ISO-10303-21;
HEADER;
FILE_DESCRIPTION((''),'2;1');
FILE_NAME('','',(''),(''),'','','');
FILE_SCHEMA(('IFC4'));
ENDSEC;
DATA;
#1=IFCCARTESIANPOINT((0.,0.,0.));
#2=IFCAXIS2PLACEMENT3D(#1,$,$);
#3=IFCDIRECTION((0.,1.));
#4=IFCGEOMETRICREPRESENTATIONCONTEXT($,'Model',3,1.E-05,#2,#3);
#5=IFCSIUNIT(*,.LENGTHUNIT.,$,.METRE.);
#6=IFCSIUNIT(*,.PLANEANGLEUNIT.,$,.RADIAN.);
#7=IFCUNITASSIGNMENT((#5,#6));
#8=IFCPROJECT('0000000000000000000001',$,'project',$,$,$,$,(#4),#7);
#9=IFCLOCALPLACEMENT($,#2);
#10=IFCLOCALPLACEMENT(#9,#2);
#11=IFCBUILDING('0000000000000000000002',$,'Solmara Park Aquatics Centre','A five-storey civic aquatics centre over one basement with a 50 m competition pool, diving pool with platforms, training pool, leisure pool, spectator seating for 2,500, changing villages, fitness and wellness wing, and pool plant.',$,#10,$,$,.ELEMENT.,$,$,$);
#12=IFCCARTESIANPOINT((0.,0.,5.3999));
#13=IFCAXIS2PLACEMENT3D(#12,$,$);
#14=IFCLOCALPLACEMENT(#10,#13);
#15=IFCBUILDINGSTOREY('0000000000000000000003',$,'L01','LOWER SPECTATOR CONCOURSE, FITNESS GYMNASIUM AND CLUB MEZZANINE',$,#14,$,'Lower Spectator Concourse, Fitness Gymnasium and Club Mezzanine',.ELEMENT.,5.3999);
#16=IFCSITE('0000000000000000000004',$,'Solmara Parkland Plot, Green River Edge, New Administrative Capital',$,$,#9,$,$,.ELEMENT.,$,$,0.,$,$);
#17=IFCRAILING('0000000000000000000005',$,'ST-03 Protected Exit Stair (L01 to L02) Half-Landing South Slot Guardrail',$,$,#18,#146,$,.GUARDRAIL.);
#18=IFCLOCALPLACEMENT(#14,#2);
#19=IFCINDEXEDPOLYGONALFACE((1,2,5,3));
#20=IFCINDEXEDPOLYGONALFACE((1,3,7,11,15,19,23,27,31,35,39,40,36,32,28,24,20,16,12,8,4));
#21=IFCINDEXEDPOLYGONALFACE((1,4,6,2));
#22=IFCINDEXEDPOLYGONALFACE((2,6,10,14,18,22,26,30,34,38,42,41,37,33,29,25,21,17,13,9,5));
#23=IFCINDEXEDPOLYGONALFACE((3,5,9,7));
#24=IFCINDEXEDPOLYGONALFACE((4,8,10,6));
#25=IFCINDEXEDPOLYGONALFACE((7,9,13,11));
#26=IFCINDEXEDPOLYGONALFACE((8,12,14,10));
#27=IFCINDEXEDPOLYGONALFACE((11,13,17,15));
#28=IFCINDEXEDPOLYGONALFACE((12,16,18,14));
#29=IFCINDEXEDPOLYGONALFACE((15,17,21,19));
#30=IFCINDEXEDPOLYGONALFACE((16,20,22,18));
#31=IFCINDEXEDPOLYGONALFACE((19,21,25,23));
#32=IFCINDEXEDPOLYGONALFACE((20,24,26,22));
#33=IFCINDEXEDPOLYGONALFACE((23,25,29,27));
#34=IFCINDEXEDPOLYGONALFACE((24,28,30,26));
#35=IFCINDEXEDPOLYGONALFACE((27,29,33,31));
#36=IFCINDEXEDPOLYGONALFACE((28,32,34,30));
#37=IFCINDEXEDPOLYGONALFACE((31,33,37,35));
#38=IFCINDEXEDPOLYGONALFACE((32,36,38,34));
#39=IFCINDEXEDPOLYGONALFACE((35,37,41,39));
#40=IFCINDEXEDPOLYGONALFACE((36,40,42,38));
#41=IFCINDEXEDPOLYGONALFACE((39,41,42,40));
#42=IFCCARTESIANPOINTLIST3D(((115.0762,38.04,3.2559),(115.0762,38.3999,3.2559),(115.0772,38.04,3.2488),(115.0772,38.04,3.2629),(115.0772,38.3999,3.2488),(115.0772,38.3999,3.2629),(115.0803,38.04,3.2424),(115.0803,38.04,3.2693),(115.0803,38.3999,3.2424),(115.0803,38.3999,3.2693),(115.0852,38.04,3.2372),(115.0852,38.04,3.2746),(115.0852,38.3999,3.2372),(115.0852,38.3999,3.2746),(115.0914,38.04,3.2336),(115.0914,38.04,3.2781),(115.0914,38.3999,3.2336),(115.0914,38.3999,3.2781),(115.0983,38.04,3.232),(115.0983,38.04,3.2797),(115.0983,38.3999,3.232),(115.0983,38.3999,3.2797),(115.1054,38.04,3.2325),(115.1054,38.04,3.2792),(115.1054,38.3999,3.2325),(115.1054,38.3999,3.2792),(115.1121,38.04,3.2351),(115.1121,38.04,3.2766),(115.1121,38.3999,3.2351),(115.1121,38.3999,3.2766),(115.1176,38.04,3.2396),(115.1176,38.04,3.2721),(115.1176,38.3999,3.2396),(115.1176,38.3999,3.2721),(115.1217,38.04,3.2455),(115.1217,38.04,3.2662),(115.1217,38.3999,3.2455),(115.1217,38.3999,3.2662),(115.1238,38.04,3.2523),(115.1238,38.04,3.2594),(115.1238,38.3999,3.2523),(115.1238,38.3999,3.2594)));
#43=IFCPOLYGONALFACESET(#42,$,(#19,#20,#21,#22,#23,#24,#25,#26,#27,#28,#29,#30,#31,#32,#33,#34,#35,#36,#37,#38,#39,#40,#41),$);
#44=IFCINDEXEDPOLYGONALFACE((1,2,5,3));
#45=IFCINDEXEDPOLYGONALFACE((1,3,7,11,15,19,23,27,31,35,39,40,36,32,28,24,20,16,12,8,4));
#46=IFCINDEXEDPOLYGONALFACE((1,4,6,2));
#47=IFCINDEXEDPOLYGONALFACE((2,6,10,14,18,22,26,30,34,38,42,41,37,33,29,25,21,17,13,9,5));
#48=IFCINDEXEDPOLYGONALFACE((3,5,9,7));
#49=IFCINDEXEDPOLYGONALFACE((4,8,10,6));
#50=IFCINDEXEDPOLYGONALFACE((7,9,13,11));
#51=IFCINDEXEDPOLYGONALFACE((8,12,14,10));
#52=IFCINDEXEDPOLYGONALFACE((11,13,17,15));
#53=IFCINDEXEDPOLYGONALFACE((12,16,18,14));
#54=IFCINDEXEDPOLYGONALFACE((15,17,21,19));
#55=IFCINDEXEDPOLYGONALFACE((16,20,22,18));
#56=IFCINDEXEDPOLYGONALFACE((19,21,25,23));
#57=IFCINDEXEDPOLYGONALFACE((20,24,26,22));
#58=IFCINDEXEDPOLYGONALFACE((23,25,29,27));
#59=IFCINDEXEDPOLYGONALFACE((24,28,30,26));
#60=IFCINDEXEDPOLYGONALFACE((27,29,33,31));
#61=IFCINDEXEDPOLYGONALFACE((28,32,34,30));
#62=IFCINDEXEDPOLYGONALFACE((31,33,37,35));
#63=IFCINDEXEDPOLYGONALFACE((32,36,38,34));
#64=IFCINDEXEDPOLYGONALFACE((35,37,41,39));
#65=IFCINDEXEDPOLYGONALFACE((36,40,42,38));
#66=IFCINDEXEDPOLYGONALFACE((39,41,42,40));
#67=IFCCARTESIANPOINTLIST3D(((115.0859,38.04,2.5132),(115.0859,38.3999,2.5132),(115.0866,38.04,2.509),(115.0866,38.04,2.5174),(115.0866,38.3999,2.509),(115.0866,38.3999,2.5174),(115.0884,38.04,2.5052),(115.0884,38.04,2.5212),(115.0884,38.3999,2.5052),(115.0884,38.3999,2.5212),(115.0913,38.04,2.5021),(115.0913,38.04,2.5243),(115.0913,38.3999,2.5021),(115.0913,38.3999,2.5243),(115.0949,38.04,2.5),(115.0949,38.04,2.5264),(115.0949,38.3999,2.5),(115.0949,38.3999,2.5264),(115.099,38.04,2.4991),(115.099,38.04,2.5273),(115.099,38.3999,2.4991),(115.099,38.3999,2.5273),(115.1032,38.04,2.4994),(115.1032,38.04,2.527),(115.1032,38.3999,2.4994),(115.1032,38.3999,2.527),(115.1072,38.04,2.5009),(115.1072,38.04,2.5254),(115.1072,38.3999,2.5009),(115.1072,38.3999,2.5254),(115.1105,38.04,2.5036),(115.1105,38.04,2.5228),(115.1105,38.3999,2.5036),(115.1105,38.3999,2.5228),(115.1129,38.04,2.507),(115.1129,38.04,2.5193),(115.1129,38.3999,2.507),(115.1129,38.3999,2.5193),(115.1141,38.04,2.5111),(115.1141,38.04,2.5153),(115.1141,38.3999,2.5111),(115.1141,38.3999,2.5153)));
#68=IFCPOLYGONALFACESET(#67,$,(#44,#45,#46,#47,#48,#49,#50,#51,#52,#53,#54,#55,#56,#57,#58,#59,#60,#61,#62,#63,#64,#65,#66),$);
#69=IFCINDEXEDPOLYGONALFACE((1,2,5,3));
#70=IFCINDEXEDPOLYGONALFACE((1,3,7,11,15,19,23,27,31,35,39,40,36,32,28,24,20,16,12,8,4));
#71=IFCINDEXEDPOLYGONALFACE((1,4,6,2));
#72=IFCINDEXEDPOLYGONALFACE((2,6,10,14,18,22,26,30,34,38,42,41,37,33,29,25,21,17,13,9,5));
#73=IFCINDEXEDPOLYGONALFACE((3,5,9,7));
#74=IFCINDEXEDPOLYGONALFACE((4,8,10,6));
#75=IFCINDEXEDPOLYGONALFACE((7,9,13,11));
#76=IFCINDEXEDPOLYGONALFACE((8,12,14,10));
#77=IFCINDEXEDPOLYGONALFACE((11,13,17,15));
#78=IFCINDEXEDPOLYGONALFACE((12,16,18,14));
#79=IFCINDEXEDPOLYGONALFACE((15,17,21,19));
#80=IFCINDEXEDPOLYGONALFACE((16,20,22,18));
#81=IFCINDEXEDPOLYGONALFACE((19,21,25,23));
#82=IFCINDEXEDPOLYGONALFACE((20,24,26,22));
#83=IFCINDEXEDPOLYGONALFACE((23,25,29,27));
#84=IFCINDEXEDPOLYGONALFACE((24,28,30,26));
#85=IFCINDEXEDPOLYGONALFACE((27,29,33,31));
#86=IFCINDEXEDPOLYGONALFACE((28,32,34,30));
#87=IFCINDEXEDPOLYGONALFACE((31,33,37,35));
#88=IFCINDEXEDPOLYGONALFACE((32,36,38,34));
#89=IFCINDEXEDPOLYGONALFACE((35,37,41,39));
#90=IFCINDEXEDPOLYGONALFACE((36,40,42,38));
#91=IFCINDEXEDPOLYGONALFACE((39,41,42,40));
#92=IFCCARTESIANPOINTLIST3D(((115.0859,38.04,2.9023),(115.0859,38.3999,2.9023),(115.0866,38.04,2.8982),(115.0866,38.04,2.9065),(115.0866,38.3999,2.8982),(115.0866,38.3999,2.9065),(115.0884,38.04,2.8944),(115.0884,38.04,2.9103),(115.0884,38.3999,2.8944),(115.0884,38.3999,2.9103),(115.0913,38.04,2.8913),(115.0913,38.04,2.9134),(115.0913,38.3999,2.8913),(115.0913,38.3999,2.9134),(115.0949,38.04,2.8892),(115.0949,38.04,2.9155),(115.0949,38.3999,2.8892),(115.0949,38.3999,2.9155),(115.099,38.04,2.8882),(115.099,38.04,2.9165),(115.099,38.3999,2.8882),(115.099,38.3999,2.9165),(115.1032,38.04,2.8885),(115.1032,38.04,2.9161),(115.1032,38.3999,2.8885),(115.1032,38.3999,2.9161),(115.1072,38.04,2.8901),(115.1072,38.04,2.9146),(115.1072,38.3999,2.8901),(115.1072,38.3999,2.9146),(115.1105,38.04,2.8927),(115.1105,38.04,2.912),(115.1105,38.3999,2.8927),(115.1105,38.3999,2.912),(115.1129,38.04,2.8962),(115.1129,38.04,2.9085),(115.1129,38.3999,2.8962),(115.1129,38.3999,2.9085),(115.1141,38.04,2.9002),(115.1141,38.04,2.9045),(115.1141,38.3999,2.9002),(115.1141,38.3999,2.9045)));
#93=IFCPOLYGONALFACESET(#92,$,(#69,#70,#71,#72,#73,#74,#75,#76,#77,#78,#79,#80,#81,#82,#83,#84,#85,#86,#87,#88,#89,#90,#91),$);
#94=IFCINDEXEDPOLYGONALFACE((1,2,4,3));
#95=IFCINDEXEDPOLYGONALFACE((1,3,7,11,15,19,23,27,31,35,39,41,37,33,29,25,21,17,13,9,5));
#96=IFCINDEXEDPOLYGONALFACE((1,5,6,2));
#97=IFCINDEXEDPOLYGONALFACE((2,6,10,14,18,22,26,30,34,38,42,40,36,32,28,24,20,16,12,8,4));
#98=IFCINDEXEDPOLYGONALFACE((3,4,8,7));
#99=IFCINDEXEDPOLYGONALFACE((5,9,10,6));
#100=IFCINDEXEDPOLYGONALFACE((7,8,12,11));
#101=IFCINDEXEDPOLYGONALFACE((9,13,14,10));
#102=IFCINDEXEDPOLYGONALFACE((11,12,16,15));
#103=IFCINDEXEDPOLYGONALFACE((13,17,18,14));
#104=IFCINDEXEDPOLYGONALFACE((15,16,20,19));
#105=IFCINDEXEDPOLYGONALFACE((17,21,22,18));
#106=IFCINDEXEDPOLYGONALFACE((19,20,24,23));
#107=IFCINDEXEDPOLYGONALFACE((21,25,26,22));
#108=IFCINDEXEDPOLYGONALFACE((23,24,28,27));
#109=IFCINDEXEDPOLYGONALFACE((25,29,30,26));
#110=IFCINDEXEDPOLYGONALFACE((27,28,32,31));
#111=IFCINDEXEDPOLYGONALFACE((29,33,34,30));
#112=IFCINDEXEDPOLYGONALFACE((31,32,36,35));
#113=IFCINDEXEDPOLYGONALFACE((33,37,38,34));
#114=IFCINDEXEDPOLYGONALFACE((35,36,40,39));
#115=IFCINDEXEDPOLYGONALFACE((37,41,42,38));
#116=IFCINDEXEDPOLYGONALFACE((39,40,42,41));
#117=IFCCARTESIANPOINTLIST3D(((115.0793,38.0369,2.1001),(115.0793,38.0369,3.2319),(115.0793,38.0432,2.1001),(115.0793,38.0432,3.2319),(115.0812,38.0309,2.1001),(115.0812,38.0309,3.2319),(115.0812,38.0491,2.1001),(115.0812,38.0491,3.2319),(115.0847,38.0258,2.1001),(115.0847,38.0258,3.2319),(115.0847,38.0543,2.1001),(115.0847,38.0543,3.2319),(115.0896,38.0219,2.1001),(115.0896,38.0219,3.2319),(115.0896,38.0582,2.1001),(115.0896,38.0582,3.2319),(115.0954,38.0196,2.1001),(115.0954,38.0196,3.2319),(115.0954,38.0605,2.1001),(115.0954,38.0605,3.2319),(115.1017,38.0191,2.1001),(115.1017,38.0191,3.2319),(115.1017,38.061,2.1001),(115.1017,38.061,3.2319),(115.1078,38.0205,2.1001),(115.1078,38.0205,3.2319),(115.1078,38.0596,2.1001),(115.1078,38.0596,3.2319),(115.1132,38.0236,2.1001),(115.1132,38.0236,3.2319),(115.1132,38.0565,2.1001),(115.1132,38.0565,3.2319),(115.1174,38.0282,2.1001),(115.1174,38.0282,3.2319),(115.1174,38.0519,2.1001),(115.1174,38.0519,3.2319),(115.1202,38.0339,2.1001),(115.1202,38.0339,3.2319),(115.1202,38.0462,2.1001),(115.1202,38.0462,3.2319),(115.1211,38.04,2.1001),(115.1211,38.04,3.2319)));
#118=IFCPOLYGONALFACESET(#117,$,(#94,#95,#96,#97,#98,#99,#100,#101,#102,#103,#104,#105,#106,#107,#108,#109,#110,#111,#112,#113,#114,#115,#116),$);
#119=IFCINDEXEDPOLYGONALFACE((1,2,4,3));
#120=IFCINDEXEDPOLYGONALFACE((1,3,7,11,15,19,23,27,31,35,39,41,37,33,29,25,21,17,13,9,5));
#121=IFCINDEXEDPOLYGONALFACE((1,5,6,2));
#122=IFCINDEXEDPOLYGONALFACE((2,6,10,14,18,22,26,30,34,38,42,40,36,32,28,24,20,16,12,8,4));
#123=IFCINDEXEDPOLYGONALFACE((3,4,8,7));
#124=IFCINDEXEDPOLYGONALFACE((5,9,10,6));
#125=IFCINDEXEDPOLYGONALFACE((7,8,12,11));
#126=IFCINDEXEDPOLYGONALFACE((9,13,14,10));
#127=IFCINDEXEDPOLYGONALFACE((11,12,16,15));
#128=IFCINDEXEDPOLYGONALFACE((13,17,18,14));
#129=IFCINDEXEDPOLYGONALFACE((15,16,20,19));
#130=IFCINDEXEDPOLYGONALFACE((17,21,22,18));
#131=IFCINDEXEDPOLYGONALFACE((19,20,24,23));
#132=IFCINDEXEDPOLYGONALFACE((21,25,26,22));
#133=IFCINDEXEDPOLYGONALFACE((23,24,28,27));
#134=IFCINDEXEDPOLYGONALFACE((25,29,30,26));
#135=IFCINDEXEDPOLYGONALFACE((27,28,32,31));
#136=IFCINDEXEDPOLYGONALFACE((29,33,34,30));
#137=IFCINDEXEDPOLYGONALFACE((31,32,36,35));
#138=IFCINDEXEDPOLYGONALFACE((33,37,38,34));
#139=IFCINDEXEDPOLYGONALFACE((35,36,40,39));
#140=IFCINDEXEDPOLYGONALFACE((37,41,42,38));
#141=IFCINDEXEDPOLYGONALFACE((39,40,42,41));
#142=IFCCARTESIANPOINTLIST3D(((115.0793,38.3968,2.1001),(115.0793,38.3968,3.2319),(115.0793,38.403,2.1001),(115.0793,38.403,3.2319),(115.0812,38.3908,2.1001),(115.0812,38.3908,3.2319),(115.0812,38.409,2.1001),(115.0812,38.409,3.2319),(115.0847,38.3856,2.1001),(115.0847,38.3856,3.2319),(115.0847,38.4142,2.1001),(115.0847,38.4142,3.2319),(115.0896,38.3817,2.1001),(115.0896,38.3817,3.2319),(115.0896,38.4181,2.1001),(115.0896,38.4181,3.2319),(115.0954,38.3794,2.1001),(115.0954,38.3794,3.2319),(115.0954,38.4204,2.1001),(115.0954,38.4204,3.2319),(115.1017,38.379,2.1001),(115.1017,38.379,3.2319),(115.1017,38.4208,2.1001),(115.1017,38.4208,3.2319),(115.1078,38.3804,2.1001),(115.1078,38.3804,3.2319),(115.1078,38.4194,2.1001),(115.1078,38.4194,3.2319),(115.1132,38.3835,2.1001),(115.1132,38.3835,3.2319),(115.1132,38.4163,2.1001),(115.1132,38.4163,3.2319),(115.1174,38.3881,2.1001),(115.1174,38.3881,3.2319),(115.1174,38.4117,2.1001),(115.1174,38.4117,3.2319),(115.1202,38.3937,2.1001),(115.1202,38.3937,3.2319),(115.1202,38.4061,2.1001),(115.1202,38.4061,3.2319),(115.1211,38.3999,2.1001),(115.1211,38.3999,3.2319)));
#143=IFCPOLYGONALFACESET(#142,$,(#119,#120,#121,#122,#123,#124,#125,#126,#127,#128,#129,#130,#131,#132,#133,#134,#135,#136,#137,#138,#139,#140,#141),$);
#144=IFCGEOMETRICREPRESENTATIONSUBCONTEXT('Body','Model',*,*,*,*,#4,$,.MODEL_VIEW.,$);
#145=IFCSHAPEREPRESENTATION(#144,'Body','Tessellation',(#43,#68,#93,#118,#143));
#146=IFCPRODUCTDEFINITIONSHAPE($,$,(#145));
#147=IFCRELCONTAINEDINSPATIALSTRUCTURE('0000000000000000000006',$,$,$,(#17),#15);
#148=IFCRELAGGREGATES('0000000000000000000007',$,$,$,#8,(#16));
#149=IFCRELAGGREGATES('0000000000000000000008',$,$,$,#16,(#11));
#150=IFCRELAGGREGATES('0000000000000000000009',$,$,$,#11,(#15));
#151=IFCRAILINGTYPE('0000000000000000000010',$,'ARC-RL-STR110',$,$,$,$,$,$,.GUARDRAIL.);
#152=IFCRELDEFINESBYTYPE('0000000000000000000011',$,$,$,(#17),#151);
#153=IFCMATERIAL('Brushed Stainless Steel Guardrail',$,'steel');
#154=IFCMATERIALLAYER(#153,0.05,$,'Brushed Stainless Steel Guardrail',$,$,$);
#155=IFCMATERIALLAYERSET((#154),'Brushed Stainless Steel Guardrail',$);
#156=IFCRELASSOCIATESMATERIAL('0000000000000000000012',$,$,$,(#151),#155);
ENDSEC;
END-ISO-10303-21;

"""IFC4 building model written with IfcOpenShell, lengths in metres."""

from ifc_helpers import new_model, si_unit, direction, frame, origin, origin_2d, place, context, subcontext, project, spatial, circle, extrude, material, layer, layer_set, type_object, element, save


model = new_model("IFC4")

# Units and contexts
model_context = context("Model", 3, precision=1e-05, world=origin(), true_north=direction((0.0, 1.0)))
body_context = subcontext(model_context, "Body", "Model", "MODEL_VIEW")
ifc_project = project(units=[si_unit("LENGTHUNIT", "METRE"), si_unit("PLANEANGLEUNIT", "RADIAN")], contexts=[model_context])

# Site, building, storey
site_placement = place(None, origin())
site = spatial("IfcSite", under=ifc_project, at=site_placement, Name="Solmara Parkland Plot, Green River Edge, New Administrative Capital", CompositionType="ELEMENT", RefElevation=0.0)
building_placement = place(site_placement, origin())
building = spatial("IfcBuilding", under=site, at=building_placement, Name="Solmara Park Aquatics Centre", Description="A five-storey civic aquatics centre over one basement with a 50 m competition pool, diving pool with platforms, training pool, leisure pool, spectator seating for 2,500, changing villages, fitness and wellness wing, and pool plant.", CompositionType="ELEMENT")
storey_placement = place(building_placement, frame((0.0, 0.0, 5.3999)))
storey = spatial("IfcBuildingStorey", under=building, at=storey_placement, Name="L01", Description="LOWER SPECTATOR CONCOURSE, FITNESS GYMNASIUM AND CLUB MEZZANINE", LongName="Lower Spectator Concourse, Fitness Gymnasium and Club Mezzanine", CompositionType="ELEMENT", Elevation=5.3999)

# Railing
ifc_material_1 = material(Name="Brushed Stainless Steel Guardrail", Category="steel")
ifc_layer_1 = layer(ifc_material_1, 0.05, Name="Brushed Stainless Steel Guardrail")
ifc_layer_set_1 = layer_set([ifc_layer_1], Name="Brushed Stainless Steel Guardrail")
railing_type_1 = type_object("IfcRailingType", Name="ARC-RL-STR110", PredefinedType="GUARDRAIL", material=ifc_layer_set_1)
railing_1_placement = place(storey_placement, frame((115.1001, 38.04, 2.1001)))
element("IfcRailing", 1, at=railing_1_placement, inside=storey, type_object=railing_type_1, Name="ST-03 Protected Exit Stair (L01 to L02) Half-Landing South Slot Guardrail", PredefinedType="GUARDRAIL", context=body_context, shape_type="SweptSolid", body=[
    extrude(circle(Radius=0.0239, at=origin_2d()), frame((0.0, 0.0, 1.1558), z_axis=(0.0, 1.0, 0.0), x_axis=(-1.0, 0.0, 0.0)), (0.0, 0.0, 1.0), 0.3599),
    extrude(circle(Radius=0.0142, at=origin_2d()), frame((0.0, 0.0, 0.4131), z_axis=(0.0, 1.0, 0.0), x_axis=(-1.0, 0.0, 0.0)), (0.0, 0.0, 1.0), 0.3599),
    extrude(circle(Radius=0.0142, at=origin_2d()), frame((0.0, 0.0, 0.8022), z_axis=(0.0, 1.0, 0.0), x_axis=(-1.0, 0.0, 0.0)), (0.0, 0.0, 1.0), 0.3599),
    extrude(circle(Radius=0.021, at=origin_2d()), origin(), (0.0, 0.0, 1.0), 1.1318),
    extrude(circle(Radius=0.021, at=origin_2d()), frame((0.0, 0.3599, 0.0)), (0.0, 0.0, 1.0), 1.1318),
])

save(model, "model.ifc")
